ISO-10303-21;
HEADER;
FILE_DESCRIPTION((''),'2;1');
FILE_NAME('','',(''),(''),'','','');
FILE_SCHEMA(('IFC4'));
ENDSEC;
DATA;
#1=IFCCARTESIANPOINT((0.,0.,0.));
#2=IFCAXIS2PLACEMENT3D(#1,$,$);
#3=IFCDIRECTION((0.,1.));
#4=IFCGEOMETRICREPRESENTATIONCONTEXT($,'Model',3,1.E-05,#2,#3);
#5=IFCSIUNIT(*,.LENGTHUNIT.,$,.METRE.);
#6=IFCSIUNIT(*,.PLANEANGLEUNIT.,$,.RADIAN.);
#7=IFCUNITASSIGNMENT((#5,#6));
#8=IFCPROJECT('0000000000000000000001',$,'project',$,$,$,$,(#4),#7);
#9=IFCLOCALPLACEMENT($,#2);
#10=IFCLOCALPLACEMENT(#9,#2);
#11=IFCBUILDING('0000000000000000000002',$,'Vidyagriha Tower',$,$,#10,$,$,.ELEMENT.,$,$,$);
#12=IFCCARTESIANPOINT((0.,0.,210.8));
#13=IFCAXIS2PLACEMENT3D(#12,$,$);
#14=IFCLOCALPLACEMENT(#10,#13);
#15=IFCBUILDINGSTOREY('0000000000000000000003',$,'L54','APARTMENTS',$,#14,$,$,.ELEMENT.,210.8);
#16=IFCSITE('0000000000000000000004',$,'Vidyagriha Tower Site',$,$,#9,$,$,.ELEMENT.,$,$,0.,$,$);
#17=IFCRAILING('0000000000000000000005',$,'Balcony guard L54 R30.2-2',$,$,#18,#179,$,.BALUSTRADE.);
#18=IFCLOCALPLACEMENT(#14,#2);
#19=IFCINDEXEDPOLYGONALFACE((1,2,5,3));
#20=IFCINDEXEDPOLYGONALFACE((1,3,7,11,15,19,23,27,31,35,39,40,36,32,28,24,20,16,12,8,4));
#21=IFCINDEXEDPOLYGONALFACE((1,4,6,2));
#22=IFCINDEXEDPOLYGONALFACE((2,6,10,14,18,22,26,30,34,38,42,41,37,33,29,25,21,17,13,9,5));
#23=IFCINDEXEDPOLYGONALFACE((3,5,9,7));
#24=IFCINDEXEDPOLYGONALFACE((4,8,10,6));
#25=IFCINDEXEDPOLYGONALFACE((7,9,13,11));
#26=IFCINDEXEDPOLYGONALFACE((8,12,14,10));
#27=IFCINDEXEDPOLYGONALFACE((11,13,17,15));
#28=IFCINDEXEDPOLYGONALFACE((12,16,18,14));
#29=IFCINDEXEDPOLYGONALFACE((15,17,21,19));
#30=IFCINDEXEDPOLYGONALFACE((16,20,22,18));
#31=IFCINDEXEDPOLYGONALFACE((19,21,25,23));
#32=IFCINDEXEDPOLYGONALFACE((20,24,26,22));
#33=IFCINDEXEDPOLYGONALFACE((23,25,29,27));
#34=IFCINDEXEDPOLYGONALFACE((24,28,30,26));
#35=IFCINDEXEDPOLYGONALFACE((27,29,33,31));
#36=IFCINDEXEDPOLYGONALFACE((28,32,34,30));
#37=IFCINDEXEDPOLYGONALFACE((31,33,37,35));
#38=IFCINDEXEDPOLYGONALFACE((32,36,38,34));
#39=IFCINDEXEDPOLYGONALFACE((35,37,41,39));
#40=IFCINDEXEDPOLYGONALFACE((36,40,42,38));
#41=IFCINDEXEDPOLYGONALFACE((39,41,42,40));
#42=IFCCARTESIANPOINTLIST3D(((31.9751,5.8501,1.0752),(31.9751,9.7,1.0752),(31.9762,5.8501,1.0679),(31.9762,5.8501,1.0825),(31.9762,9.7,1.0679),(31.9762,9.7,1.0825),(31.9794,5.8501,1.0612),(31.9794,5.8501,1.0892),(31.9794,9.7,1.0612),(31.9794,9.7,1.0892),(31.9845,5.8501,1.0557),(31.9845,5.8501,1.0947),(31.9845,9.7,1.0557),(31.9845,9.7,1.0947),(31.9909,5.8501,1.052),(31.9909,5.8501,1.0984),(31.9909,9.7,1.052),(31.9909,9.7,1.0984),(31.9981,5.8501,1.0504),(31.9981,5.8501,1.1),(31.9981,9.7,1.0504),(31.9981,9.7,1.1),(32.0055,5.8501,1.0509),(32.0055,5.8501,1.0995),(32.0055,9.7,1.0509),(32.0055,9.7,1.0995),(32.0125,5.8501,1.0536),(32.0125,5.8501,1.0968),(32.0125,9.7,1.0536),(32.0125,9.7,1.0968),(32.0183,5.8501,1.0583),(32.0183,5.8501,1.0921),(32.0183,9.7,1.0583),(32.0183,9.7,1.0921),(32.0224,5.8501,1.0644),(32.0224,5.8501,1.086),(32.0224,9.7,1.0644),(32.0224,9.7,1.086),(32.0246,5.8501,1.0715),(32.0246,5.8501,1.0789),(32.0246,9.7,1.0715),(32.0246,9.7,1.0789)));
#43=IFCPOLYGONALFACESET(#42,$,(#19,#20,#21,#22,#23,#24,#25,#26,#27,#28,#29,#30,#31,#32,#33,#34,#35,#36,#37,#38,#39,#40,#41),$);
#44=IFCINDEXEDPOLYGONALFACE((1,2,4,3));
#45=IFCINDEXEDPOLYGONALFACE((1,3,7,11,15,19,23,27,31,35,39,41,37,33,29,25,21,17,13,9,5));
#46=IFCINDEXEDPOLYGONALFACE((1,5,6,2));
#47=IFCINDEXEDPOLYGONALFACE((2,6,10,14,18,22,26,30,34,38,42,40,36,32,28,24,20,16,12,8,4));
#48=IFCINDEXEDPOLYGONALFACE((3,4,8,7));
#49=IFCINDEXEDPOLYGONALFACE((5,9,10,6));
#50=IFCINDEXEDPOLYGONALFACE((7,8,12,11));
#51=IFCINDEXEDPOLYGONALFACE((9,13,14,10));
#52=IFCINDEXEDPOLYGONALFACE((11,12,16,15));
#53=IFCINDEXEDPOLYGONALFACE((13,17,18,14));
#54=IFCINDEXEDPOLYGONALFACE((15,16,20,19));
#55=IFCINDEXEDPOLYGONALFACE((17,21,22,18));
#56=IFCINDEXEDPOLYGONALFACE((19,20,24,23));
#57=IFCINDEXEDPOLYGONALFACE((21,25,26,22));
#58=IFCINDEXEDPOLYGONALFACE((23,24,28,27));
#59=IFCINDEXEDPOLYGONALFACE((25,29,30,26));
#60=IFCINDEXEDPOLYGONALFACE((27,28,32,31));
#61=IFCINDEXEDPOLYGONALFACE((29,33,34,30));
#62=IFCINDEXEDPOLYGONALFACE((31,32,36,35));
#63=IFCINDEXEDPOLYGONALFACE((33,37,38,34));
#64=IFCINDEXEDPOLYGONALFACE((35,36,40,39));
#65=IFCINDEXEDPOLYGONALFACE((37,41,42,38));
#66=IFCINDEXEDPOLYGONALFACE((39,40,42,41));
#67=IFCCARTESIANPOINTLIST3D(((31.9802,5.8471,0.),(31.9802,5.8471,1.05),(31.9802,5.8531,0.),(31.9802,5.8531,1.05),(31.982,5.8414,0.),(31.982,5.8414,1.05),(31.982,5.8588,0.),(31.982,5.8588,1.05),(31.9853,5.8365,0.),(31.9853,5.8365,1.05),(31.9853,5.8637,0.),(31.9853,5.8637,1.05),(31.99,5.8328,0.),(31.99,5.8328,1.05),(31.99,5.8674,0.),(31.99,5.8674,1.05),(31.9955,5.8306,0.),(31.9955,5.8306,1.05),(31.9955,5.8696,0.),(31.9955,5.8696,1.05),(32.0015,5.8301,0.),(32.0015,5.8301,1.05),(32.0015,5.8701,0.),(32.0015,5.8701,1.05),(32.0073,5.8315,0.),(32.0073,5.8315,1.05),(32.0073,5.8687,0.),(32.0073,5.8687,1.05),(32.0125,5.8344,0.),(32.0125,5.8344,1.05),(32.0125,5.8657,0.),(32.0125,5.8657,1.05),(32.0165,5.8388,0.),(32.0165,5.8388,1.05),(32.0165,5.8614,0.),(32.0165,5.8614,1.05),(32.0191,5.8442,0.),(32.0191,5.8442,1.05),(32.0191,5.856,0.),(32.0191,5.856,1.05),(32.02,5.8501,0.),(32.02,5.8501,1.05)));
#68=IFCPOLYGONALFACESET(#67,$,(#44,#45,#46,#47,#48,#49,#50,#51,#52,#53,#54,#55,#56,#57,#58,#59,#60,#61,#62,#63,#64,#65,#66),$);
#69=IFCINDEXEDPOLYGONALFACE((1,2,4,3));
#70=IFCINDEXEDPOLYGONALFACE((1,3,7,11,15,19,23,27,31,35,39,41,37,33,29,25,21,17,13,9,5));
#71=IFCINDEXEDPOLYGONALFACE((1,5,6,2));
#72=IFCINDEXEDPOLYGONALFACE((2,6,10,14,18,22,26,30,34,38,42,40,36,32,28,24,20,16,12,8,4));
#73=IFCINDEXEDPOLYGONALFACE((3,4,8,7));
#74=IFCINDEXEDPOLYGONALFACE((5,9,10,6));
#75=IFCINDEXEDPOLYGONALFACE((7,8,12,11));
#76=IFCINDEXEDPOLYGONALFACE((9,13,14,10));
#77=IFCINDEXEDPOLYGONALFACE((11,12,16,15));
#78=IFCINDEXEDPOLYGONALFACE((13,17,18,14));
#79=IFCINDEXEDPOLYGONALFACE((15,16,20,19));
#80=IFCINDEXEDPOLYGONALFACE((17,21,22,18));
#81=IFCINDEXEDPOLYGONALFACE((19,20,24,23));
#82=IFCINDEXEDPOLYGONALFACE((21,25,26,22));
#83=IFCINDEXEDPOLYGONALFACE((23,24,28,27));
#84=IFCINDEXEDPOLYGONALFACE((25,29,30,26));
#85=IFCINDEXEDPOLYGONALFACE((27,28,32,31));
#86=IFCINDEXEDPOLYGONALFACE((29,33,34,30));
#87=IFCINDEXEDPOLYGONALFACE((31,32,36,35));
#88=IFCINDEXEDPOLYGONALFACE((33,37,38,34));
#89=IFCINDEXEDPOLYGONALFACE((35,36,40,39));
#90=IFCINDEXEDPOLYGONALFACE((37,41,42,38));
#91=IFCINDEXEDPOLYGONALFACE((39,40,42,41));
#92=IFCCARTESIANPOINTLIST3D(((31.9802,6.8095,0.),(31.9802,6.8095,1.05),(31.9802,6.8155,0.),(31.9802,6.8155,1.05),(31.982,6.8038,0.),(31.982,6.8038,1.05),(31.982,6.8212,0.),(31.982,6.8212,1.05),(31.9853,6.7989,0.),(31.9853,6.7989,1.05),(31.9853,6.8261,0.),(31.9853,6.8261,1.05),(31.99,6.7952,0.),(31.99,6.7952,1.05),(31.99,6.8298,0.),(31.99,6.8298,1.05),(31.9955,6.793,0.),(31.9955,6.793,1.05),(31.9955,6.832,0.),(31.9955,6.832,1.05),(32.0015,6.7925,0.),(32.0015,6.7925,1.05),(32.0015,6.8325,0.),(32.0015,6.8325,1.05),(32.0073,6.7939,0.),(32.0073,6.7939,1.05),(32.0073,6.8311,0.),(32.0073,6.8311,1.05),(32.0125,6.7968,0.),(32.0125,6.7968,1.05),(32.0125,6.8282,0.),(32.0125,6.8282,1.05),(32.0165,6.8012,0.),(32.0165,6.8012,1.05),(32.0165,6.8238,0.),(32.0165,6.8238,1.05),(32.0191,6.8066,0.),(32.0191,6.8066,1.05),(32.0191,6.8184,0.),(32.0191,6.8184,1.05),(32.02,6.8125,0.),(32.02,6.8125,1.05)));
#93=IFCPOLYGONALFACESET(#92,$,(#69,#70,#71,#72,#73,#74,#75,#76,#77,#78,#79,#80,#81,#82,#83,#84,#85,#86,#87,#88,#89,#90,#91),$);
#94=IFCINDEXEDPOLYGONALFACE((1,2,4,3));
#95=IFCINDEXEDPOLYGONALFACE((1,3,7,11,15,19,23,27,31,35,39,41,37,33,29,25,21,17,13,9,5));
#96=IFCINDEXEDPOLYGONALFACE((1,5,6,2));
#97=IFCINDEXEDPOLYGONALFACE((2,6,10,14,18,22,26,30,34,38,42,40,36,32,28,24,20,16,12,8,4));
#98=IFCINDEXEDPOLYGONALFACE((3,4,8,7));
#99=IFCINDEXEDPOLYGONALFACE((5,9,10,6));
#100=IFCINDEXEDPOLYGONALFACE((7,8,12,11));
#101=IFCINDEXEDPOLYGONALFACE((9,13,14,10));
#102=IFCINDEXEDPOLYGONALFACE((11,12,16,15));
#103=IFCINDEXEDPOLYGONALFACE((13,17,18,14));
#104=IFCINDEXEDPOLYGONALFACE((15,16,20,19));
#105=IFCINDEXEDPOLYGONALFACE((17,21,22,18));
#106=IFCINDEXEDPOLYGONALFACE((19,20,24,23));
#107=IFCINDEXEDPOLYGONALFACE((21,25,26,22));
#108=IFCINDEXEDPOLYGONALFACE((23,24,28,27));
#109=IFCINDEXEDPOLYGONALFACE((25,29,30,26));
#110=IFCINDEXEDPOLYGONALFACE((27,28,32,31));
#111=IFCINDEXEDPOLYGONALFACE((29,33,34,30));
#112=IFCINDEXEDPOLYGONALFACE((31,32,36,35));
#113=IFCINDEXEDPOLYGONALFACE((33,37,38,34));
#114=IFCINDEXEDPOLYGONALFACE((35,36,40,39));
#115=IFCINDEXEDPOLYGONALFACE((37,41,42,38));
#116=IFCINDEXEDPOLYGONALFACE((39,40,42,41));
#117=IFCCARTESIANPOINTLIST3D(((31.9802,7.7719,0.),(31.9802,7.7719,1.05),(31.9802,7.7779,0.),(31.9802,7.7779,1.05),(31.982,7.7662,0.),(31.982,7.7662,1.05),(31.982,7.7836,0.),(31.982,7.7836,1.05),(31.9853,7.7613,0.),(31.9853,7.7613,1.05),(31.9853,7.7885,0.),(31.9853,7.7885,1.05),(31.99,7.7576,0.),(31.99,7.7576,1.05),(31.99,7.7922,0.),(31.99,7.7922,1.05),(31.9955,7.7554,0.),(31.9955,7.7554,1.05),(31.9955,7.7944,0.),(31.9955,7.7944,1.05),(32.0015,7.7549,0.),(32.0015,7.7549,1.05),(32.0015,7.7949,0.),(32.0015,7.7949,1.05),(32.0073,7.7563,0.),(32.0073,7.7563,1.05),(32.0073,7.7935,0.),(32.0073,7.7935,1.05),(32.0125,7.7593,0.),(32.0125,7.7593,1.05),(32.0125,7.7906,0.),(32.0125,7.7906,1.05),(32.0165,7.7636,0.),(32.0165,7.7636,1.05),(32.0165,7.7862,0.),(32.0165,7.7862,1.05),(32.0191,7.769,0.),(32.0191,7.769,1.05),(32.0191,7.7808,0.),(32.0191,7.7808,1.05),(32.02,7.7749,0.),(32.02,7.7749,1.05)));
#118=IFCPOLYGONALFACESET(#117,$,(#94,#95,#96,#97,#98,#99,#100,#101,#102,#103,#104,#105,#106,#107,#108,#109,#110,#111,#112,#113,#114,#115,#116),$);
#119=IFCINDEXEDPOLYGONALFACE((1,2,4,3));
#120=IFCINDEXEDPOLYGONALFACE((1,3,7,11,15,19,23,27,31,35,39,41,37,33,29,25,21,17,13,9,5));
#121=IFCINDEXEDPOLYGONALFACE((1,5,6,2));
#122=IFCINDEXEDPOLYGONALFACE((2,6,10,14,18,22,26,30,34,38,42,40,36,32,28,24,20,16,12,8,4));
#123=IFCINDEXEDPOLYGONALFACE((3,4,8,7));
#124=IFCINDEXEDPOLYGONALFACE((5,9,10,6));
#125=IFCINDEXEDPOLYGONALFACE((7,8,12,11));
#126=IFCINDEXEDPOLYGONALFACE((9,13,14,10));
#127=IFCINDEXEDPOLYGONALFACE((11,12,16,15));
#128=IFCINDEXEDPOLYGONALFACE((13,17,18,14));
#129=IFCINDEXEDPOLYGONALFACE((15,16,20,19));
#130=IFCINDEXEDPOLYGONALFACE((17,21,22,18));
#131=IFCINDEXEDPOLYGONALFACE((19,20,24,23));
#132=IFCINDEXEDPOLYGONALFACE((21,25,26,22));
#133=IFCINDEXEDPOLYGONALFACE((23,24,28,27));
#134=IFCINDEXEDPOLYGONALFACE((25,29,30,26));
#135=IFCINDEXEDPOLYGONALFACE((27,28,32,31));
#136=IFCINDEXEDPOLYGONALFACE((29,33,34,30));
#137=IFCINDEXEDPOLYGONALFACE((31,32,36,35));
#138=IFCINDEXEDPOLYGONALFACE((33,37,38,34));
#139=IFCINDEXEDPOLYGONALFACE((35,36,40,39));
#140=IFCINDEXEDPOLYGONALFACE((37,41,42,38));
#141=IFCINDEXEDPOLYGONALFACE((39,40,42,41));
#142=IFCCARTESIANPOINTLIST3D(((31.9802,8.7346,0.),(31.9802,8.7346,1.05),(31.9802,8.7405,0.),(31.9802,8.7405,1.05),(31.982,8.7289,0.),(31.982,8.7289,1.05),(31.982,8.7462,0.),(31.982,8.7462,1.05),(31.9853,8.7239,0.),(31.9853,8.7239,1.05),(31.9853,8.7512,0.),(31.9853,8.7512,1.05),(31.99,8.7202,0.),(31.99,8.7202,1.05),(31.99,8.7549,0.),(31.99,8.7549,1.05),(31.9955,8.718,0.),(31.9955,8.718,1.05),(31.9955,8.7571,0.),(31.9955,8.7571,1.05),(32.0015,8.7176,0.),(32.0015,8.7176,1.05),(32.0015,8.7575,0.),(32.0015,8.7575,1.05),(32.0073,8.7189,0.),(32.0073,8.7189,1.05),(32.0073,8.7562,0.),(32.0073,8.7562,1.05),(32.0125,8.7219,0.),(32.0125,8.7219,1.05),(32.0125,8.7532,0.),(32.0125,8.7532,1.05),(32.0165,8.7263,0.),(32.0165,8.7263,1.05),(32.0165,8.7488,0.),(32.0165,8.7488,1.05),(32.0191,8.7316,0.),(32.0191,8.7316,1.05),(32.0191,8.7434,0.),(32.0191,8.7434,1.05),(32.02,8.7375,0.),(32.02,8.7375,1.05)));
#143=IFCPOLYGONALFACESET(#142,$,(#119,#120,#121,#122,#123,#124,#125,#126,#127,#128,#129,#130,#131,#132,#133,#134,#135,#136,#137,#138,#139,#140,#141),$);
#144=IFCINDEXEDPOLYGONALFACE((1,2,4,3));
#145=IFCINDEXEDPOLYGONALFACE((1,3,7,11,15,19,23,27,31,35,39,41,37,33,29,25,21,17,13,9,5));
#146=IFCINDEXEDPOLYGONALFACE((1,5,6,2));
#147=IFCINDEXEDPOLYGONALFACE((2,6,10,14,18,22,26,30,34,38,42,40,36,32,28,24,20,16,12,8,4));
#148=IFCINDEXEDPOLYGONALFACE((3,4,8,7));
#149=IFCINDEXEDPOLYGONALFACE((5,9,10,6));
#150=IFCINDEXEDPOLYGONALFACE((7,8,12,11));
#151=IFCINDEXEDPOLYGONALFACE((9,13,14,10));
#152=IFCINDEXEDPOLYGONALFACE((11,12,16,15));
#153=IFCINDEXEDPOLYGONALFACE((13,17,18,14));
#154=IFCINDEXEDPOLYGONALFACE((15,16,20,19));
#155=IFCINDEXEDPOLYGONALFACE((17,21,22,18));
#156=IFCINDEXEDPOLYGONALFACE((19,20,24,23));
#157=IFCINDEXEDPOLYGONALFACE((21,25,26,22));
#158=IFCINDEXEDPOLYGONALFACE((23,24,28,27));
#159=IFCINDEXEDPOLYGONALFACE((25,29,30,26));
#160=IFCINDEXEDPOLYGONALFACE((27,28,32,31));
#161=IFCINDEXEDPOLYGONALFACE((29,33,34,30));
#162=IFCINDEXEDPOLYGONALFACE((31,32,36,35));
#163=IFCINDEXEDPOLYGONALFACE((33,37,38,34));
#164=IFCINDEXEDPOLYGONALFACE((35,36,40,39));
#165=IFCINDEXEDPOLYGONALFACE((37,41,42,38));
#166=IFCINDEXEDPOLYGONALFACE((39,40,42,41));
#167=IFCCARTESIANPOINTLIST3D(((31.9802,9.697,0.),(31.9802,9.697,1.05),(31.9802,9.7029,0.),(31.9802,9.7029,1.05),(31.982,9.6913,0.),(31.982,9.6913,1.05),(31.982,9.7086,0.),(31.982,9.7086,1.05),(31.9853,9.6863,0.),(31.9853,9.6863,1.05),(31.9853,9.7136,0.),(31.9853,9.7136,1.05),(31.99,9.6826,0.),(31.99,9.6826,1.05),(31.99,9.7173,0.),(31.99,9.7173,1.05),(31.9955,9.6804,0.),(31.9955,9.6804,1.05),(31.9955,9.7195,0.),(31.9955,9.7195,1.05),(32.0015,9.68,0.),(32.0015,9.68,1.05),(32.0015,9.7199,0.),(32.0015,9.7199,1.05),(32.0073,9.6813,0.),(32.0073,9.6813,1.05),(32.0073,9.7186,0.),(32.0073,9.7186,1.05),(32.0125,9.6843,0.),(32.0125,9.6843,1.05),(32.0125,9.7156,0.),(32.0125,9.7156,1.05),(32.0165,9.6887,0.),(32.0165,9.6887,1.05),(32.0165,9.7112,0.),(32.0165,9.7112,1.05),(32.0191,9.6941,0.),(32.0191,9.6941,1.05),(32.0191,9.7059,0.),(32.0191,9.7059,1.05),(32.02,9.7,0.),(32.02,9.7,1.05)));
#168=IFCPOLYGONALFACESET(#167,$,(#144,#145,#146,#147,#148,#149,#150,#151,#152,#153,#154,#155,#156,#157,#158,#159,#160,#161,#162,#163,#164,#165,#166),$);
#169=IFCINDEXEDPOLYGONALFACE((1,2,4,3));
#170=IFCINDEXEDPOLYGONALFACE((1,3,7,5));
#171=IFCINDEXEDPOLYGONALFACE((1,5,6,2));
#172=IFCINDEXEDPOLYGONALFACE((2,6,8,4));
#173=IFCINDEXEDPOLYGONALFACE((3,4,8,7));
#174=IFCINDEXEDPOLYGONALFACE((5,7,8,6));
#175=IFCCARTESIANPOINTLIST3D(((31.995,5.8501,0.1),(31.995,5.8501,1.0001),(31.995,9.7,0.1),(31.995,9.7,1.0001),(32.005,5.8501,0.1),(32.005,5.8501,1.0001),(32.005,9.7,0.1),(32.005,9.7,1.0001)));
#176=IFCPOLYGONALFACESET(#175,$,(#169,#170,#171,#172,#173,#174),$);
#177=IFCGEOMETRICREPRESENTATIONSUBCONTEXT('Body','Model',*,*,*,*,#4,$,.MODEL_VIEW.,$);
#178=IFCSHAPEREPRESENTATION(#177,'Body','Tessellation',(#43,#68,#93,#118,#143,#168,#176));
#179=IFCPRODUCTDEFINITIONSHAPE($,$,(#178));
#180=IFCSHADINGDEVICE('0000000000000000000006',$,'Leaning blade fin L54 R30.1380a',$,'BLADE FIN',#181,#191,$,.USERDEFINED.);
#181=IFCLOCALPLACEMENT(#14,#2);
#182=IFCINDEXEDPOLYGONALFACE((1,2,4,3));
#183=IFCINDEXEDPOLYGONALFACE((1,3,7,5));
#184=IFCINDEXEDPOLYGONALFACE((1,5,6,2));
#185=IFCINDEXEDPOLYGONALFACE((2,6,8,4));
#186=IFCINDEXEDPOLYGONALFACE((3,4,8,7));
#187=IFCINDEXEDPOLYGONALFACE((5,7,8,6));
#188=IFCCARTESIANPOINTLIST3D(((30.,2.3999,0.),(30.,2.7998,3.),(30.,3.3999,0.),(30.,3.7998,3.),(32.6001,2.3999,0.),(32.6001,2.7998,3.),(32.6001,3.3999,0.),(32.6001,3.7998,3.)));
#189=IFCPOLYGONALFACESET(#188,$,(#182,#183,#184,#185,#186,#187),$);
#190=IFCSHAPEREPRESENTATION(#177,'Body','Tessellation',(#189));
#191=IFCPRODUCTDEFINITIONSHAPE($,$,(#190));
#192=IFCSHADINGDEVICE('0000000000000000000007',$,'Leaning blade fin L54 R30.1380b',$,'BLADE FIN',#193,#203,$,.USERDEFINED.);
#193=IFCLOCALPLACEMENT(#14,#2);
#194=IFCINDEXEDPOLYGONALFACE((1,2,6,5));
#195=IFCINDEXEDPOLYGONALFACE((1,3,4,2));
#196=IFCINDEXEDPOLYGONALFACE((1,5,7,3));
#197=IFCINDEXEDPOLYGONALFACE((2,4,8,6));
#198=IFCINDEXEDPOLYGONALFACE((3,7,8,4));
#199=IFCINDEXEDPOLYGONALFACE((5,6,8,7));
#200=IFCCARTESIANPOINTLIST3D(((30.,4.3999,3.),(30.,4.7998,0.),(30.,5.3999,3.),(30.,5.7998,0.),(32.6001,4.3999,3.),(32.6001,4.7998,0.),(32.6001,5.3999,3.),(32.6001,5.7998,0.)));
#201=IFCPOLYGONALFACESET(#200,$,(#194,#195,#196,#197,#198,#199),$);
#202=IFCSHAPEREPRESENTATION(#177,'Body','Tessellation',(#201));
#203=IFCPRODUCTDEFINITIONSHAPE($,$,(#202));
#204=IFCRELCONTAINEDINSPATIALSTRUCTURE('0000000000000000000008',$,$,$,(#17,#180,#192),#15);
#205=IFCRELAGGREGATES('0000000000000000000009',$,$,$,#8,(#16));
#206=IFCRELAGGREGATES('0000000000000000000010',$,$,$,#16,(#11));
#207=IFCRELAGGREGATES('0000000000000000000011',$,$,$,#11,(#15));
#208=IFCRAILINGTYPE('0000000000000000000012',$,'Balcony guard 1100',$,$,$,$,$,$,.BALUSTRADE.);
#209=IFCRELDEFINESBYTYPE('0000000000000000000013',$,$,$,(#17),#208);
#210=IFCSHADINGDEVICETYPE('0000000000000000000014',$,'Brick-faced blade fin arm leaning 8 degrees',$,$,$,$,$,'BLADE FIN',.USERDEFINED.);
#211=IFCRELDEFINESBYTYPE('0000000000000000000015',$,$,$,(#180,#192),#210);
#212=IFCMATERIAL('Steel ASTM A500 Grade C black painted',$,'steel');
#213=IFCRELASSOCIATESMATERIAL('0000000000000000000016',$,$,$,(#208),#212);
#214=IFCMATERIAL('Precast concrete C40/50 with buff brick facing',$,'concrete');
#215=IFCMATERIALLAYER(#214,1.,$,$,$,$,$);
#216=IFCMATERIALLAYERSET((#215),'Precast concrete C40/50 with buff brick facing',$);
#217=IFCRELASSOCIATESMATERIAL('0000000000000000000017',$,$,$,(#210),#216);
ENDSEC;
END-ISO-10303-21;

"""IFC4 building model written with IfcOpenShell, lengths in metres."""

from ifc_helpers import new_model, si_unit, direction, frame, origin, origin_2d, place, context, subcontext, project, spatial, polyline, rectangle, circle, outline, extrude, material, layer, layer_set, type_object, element, save


model = new_model("IFC4")

# Units and contexts
model_context = context("Model", 3, precision=1e-05, world=origin(), true_north=direction((0.0, 1.0)))
body_context = subcontext(model_context, "Body", "Model", "MODEL_VIEW")
ifc_project = project(units=[si_unit("LENGTHUNIT", "METRE"), si_unit("PLANEANGLEUNIT", "RADIAN")], contexts=[model_context])

# Site, building, storey
site_placement = place(None, origin())
site = spatial("IfcSite", under=ifc_project, at=site_placement, Name="Vidyagriha Tower Site", CompositionType="ELEMENT", RefElevation=0.0)
building_placement = place(site_placement, origin())
building = spatial("IfcBuilding", under=site, at=building_placement, Name="Vidyagriha Tower", CompositionType="ELEMENT")
storey_placement = place(building_placement, frame((0.0, 0.0, 210.8)))
storey = spatial("IfcBuildingStorey", under=building, at=storey_placement, Name="L54", Description="APARTMENTS", CompositionType="ELEMENT", Elevation=210.8)

# Railing
ifc_material_1 = material(Name="Steel ASTM A500 Grade C black painted", Category="steel")
railing_type_1 = type_object("IfcRailingType", Name="Balcony guard 1100", PredefinedType="BALUSTRADE", material=ifc_material_1)
railing_1_placement = place(storey_placement, frame((32.0, 5.8501, 0.0)))
element("IfcRailing", 1, at=railing_1_placement, inside=storey, type_object=railing_type_1, Name="Balcony guard L54 R30.2-2", PredefinedType="BALUSTRADE", context=body_context, shape_type="SweptSolid", body=[
    extrude(circle(Radius=0.0249, at=origin_2d()), frame((0.0, 0.0, 1.0752), z_axis=(0.0, 1.0, 0.0), x_axis=(-1.0, 0.0, 0.0)), (0.0, 0.0, 1.0), 3.8499),
    extrude(circle(Radius=0.02, at=origin_2d()), origin(), (0.0, 0.0, 1.0), 1.05),
    extrude(circle(Radius=0.02, at=origin_2d()), frame((0.0, 0.9624, 0.0)), (0.0, 0.0, 1.0), 1.05),
    extrude(circle(Radius=0.02, at=origin_2d()), frame((0.0, 1.9248, 0.0)), (0.0, 0.0, 1.0), 1.05),
    extrude(circle(Radius=0.02, at=origin_2d()), frame((0.0, 2.8875, 0.0)), (0.0, 0.0, 1.0), 1.05),
    extrude(circle(Radius=0.02, at=origin_2d()), frame((0.0, 3.8499, 0.0)), (0.0, 0.0, 1.0), 1.05),
    extrude(rectangle(XDim=0.01, YDim=0.9001, at=origin_2d()), frame((0.0, 0.0, 0.55), z_axis=(0.0, 1.0, 0.0), x_axis=(-1.0, 0.0, 0.0)), (0.0, 0.0, 1.0), 3.8499),
])

# Shading devices
ifc_material_2 = material(Name="Precast concrete C40/50 with buff brick facing", Category="concrete")
ifc_layer_1 = layer(ifc_material_2, 1.0)
ifc_layer_set_1 = layer_set([ifc_layer_1], Name="Precast concrete C40/50 with buff brick facing")
shading_device_type_1 = type_object("IfcShadingDeviceType", Name="Brick-faced blade fin arm leaning 8 degrees", ElementType="BLADE FIN", PredefinedType="USERDEFINED", material=ifc_layer_set_1)
shading_device_1_placement = place(storey_placement, frame((31.3, 2.3999, 0.0), z_axis=(0.0, 0.0, 1.0), x_axis=(0.0, 1.0, 0.0)))
element("IfcShadingDevice", 2, at=shading_device_1_placement, inside=storey, type_object=shading_device_type_1, Name="Leaning blade fin L54 R30.1380a", ObjectType="BLADE FIN", PredefinedType="USERDEFINED", context=body_context, shape_type="SweptSolid", body=[
    extrude(outline(polyline([(0.0, 0.0), (1.0, 0.0), (1.3999, 3.0), (0.3999, 3.0), (0.0, 0.0)])), frame((0.0, 1.3, 0.0), z_axis=(0.0, -1.0, 0.0), x_axis=(1.0, 0.0, 0.0)), (0.0, 0.0, 1.0), 2.6001),
])
shading_device_2_placement = place(storey_placement, frame((31.3, 4.3999, 0.0), z_axis=(0.0, 0.0, 1.0), x_axis=(0.0, 1.0, 0.0)))
element("IfcShadingDevice", 3, at=shading_device_2_placement, inside=storey, type_object=shading_device_type_1, Name="Leaning blade fin L54 R30.1380b", ObjectType="BLADE FIN", PredefinedType="USERDEFINED", context=body_context, shape_type="SweptSolid", body=[
    extrude(outline(polyline([(0.3999, 0.0), (1.3999, 0.0), (1.0, 3.0), (0.0, 3.0), (0.3999, 0.0)])), frame((0.0, 1.3, 0.0), z_axis=(0.0, -1.0, 0.0), x_axis=(1.0, 0.0, 0.0)), (0.0, 0.0, 1.0), 2.6001),
])

save(model, "model.ifc")
